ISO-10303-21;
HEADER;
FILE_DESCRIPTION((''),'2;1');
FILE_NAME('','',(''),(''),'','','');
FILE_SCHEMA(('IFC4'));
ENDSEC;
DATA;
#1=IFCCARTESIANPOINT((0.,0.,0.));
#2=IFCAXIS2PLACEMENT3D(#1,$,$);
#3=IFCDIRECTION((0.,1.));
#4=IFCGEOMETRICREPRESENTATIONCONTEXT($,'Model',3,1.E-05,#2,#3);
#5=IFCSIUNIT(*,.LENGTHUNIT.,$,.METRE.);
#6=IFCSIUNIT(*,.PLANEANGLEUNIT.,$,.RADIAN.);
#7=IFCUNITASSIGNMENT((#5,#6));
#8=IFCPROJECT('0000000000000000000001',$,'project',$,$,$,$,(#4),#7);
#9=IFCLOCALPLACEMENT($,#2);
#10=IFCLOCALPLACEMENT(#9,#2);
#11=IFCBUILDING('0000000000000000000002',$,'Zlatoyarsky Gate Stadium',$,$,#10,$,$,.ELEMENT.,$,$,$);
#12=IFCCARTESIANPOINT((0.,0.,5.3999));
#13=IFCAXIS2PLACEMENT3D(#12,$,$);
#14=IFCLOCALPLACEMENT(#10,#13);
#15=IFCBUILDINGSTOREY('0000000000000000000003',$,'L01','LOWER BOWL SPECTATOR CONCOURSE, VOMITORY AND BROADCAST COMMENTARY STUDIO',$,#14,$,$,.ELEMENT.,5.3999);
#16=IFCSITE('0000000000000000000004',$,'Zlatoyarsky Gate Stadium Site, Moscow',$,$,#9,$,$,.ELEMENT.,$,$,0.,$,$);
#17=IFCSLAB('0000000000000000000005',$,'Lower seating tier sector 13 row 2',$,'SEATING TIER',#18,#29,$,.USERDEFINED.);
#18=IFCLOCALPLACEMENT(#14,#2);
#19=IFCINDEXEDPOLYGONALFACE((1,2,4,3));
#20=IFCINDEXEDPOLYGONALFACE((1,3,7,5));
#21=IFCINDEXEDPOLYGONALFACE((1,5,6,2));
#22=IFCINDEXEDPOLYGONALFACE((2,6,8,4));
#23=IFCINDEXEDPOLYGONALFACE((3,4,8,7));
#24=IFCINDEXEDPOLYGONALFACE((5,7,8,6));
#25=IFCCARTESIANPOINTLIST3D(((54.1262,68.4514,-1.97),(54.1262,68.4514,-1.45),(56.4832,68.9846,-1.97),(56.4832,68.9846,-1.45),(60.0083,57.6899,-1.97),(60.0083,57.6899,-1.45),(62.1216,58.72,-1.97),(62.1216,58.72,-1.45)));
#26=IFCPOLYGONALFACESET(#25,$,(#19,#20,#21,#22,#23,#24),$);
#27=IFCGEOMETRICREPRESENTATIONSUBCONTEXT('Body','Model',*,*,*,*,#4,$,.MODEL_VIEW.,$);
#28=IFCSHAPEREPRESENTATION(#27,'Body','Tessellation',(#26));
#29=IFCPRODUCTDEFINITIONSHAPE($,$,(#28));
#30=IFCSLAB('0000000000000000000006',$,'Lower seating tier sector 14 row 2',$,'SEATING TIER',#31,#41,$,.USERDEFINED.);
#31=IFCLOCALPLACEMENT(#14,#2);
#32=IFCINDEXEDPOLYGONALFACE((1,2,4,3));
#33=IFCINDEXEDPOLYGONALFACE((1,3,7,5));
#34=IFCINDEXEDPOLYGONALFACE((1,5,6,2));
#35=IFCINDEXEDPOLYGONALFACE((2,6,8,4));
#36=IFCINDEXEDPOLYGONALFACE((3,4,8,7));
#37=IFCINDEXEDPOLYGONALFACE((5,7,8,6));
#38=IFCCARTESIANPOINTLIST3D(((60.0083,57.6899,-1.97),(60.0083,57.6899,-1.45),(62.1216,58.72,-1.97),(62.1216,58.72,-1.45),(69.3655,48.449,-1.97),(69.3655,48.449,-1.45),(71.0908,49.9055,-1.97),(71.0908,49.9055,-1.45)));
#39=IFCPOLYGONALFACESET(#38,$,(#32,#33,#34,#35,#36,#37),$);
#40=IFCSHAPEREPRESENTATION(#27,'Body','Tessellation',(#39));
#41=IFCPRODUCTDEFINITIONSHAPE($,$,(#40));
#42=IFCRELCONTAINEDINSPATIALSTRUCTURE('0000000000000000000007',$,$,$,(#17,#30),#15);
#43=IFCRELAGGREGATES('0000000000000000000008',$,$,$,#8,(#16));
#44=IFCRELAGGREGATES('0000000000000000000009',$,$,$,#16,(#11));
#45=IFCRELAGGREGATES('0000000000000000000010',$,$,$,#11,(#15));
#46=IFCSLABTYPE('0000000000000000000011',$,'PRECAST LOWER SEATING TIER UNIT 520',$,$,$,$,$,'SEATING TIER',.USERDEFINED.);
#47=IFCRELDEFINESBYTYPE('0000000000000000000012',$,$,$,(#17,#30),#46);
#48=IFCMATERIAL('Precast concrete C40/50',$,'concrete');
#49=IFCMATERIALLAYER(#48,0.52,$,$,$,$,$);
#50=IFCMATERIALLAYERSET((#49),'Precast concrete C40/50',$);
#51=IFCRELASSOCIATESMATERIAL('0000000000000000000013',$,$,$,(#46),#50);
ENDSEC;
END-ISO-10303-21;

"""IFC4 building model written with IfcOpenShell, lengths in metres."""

from ifc_helpers import new_model, si_unit, direction, frame, origin, place, context, subcontext, project, spatial, polyline, outline, extrude, material, layer, layer_set, type_object, element, save


model = new_model("IFC4")

# Units and contexts
model_context = context("Model", 3, precision=1e-05, world=origin(), true_north=direction((0.0, 1.0)))
body_context = subcontext(model_context, "Body", "Model", "MODEL_VIEW")
ifc_project = project(units=[si_unit("LENGTHUNIT", "METRE"), si_unit("PLANEANGLEUNIT", "RADIAN")], contexts=[model_context])

# Site, building, storey
site_placement = place(None, origin())
site = spatial("IfcSite", under=ifc_project, at=site_placement, Name="Zlatoyarsky Gate Stadium Site, Moscow", CompositionType="ELEMENT", RefElevation=0.0)
building_placement = place(site_placement, origin())
building = spatial("IfcBuilding", under=site, at=building_placement, Name="Zlatoyarsky Gate Stadium", CompositionType="ELEMENT")
storey_placement = place(building_placement, frame((0.0, 0.0, 5.3999)))
storey = spatial("IfcBuildingStorey", under=building, at=storey_placement, Name="L01", Description="LOWER BOWL SPECTATOR CONCOURSE, VOMITORY AND BROADCAST COMMENTARY STUDIO", CompositionType="ELEMENT", Elevation=5.3999)

# Slabs
ifc_material_1 = material(Name="Precast concrete C40/50", Category="concrete")
ifc_layer_1 = layer(ifc_material_1, 0.52)
ifc_layer_set_1 = layer_set([ifc_layer_1], Name="Precast concrete C40/50")
slab_type_1 = type_object("IfcSlabType", Name="PRECAST LOWER SEATING TIER UNIT 520", ElementType="SEATING TIER", PredefinedType="USERDEFINED", material=ifc_layer_set_1)
slab_1_placement = place(storey_placement, frame((0.0, 0.0, -1.97)))
element("IfcSlab", 1, at=slab_1_placement, inside=storey, type_object=slab_type_1, Name="Lower seating tier sector 13 row 2", ObjectType="SEATING TIER", PredefinedType="USERDEFINED", context=body_context, shape_type="SweptSolid", body=[
    extrude(outline(polyline([(56.4832, 68.9846), (54.1262, 68.4514), (60.0083, 57.6899), (62.1216, 58.72), (56.4832, 68.9846)])), origin(), (0.0, 0.0, 1.0), 0.52),
])
slab_2_placement = place(storey_placement, frame((0.0, 0.0, -1.97)))
element("IfcSlab", 2, at=slab_2_placement, inside=storey, type_object=slab_type_1, Name="Lower seating tier sector 14 row 2", ObjectType="SEATING TIER", PredefinedType="USERDEFINED", context=body_context, shape_type="SweptSolid", body=[
    extrude(outline(polyline([(62.1216, 58.72), (60.0083, 57.6899), (69.3655, 48.449), (71.0908, 49.9055), (62.1216, 58.72)])), origin(), (0.0, 0.0, 1.0), 0.52),
])

save(model, "model.ifc")
